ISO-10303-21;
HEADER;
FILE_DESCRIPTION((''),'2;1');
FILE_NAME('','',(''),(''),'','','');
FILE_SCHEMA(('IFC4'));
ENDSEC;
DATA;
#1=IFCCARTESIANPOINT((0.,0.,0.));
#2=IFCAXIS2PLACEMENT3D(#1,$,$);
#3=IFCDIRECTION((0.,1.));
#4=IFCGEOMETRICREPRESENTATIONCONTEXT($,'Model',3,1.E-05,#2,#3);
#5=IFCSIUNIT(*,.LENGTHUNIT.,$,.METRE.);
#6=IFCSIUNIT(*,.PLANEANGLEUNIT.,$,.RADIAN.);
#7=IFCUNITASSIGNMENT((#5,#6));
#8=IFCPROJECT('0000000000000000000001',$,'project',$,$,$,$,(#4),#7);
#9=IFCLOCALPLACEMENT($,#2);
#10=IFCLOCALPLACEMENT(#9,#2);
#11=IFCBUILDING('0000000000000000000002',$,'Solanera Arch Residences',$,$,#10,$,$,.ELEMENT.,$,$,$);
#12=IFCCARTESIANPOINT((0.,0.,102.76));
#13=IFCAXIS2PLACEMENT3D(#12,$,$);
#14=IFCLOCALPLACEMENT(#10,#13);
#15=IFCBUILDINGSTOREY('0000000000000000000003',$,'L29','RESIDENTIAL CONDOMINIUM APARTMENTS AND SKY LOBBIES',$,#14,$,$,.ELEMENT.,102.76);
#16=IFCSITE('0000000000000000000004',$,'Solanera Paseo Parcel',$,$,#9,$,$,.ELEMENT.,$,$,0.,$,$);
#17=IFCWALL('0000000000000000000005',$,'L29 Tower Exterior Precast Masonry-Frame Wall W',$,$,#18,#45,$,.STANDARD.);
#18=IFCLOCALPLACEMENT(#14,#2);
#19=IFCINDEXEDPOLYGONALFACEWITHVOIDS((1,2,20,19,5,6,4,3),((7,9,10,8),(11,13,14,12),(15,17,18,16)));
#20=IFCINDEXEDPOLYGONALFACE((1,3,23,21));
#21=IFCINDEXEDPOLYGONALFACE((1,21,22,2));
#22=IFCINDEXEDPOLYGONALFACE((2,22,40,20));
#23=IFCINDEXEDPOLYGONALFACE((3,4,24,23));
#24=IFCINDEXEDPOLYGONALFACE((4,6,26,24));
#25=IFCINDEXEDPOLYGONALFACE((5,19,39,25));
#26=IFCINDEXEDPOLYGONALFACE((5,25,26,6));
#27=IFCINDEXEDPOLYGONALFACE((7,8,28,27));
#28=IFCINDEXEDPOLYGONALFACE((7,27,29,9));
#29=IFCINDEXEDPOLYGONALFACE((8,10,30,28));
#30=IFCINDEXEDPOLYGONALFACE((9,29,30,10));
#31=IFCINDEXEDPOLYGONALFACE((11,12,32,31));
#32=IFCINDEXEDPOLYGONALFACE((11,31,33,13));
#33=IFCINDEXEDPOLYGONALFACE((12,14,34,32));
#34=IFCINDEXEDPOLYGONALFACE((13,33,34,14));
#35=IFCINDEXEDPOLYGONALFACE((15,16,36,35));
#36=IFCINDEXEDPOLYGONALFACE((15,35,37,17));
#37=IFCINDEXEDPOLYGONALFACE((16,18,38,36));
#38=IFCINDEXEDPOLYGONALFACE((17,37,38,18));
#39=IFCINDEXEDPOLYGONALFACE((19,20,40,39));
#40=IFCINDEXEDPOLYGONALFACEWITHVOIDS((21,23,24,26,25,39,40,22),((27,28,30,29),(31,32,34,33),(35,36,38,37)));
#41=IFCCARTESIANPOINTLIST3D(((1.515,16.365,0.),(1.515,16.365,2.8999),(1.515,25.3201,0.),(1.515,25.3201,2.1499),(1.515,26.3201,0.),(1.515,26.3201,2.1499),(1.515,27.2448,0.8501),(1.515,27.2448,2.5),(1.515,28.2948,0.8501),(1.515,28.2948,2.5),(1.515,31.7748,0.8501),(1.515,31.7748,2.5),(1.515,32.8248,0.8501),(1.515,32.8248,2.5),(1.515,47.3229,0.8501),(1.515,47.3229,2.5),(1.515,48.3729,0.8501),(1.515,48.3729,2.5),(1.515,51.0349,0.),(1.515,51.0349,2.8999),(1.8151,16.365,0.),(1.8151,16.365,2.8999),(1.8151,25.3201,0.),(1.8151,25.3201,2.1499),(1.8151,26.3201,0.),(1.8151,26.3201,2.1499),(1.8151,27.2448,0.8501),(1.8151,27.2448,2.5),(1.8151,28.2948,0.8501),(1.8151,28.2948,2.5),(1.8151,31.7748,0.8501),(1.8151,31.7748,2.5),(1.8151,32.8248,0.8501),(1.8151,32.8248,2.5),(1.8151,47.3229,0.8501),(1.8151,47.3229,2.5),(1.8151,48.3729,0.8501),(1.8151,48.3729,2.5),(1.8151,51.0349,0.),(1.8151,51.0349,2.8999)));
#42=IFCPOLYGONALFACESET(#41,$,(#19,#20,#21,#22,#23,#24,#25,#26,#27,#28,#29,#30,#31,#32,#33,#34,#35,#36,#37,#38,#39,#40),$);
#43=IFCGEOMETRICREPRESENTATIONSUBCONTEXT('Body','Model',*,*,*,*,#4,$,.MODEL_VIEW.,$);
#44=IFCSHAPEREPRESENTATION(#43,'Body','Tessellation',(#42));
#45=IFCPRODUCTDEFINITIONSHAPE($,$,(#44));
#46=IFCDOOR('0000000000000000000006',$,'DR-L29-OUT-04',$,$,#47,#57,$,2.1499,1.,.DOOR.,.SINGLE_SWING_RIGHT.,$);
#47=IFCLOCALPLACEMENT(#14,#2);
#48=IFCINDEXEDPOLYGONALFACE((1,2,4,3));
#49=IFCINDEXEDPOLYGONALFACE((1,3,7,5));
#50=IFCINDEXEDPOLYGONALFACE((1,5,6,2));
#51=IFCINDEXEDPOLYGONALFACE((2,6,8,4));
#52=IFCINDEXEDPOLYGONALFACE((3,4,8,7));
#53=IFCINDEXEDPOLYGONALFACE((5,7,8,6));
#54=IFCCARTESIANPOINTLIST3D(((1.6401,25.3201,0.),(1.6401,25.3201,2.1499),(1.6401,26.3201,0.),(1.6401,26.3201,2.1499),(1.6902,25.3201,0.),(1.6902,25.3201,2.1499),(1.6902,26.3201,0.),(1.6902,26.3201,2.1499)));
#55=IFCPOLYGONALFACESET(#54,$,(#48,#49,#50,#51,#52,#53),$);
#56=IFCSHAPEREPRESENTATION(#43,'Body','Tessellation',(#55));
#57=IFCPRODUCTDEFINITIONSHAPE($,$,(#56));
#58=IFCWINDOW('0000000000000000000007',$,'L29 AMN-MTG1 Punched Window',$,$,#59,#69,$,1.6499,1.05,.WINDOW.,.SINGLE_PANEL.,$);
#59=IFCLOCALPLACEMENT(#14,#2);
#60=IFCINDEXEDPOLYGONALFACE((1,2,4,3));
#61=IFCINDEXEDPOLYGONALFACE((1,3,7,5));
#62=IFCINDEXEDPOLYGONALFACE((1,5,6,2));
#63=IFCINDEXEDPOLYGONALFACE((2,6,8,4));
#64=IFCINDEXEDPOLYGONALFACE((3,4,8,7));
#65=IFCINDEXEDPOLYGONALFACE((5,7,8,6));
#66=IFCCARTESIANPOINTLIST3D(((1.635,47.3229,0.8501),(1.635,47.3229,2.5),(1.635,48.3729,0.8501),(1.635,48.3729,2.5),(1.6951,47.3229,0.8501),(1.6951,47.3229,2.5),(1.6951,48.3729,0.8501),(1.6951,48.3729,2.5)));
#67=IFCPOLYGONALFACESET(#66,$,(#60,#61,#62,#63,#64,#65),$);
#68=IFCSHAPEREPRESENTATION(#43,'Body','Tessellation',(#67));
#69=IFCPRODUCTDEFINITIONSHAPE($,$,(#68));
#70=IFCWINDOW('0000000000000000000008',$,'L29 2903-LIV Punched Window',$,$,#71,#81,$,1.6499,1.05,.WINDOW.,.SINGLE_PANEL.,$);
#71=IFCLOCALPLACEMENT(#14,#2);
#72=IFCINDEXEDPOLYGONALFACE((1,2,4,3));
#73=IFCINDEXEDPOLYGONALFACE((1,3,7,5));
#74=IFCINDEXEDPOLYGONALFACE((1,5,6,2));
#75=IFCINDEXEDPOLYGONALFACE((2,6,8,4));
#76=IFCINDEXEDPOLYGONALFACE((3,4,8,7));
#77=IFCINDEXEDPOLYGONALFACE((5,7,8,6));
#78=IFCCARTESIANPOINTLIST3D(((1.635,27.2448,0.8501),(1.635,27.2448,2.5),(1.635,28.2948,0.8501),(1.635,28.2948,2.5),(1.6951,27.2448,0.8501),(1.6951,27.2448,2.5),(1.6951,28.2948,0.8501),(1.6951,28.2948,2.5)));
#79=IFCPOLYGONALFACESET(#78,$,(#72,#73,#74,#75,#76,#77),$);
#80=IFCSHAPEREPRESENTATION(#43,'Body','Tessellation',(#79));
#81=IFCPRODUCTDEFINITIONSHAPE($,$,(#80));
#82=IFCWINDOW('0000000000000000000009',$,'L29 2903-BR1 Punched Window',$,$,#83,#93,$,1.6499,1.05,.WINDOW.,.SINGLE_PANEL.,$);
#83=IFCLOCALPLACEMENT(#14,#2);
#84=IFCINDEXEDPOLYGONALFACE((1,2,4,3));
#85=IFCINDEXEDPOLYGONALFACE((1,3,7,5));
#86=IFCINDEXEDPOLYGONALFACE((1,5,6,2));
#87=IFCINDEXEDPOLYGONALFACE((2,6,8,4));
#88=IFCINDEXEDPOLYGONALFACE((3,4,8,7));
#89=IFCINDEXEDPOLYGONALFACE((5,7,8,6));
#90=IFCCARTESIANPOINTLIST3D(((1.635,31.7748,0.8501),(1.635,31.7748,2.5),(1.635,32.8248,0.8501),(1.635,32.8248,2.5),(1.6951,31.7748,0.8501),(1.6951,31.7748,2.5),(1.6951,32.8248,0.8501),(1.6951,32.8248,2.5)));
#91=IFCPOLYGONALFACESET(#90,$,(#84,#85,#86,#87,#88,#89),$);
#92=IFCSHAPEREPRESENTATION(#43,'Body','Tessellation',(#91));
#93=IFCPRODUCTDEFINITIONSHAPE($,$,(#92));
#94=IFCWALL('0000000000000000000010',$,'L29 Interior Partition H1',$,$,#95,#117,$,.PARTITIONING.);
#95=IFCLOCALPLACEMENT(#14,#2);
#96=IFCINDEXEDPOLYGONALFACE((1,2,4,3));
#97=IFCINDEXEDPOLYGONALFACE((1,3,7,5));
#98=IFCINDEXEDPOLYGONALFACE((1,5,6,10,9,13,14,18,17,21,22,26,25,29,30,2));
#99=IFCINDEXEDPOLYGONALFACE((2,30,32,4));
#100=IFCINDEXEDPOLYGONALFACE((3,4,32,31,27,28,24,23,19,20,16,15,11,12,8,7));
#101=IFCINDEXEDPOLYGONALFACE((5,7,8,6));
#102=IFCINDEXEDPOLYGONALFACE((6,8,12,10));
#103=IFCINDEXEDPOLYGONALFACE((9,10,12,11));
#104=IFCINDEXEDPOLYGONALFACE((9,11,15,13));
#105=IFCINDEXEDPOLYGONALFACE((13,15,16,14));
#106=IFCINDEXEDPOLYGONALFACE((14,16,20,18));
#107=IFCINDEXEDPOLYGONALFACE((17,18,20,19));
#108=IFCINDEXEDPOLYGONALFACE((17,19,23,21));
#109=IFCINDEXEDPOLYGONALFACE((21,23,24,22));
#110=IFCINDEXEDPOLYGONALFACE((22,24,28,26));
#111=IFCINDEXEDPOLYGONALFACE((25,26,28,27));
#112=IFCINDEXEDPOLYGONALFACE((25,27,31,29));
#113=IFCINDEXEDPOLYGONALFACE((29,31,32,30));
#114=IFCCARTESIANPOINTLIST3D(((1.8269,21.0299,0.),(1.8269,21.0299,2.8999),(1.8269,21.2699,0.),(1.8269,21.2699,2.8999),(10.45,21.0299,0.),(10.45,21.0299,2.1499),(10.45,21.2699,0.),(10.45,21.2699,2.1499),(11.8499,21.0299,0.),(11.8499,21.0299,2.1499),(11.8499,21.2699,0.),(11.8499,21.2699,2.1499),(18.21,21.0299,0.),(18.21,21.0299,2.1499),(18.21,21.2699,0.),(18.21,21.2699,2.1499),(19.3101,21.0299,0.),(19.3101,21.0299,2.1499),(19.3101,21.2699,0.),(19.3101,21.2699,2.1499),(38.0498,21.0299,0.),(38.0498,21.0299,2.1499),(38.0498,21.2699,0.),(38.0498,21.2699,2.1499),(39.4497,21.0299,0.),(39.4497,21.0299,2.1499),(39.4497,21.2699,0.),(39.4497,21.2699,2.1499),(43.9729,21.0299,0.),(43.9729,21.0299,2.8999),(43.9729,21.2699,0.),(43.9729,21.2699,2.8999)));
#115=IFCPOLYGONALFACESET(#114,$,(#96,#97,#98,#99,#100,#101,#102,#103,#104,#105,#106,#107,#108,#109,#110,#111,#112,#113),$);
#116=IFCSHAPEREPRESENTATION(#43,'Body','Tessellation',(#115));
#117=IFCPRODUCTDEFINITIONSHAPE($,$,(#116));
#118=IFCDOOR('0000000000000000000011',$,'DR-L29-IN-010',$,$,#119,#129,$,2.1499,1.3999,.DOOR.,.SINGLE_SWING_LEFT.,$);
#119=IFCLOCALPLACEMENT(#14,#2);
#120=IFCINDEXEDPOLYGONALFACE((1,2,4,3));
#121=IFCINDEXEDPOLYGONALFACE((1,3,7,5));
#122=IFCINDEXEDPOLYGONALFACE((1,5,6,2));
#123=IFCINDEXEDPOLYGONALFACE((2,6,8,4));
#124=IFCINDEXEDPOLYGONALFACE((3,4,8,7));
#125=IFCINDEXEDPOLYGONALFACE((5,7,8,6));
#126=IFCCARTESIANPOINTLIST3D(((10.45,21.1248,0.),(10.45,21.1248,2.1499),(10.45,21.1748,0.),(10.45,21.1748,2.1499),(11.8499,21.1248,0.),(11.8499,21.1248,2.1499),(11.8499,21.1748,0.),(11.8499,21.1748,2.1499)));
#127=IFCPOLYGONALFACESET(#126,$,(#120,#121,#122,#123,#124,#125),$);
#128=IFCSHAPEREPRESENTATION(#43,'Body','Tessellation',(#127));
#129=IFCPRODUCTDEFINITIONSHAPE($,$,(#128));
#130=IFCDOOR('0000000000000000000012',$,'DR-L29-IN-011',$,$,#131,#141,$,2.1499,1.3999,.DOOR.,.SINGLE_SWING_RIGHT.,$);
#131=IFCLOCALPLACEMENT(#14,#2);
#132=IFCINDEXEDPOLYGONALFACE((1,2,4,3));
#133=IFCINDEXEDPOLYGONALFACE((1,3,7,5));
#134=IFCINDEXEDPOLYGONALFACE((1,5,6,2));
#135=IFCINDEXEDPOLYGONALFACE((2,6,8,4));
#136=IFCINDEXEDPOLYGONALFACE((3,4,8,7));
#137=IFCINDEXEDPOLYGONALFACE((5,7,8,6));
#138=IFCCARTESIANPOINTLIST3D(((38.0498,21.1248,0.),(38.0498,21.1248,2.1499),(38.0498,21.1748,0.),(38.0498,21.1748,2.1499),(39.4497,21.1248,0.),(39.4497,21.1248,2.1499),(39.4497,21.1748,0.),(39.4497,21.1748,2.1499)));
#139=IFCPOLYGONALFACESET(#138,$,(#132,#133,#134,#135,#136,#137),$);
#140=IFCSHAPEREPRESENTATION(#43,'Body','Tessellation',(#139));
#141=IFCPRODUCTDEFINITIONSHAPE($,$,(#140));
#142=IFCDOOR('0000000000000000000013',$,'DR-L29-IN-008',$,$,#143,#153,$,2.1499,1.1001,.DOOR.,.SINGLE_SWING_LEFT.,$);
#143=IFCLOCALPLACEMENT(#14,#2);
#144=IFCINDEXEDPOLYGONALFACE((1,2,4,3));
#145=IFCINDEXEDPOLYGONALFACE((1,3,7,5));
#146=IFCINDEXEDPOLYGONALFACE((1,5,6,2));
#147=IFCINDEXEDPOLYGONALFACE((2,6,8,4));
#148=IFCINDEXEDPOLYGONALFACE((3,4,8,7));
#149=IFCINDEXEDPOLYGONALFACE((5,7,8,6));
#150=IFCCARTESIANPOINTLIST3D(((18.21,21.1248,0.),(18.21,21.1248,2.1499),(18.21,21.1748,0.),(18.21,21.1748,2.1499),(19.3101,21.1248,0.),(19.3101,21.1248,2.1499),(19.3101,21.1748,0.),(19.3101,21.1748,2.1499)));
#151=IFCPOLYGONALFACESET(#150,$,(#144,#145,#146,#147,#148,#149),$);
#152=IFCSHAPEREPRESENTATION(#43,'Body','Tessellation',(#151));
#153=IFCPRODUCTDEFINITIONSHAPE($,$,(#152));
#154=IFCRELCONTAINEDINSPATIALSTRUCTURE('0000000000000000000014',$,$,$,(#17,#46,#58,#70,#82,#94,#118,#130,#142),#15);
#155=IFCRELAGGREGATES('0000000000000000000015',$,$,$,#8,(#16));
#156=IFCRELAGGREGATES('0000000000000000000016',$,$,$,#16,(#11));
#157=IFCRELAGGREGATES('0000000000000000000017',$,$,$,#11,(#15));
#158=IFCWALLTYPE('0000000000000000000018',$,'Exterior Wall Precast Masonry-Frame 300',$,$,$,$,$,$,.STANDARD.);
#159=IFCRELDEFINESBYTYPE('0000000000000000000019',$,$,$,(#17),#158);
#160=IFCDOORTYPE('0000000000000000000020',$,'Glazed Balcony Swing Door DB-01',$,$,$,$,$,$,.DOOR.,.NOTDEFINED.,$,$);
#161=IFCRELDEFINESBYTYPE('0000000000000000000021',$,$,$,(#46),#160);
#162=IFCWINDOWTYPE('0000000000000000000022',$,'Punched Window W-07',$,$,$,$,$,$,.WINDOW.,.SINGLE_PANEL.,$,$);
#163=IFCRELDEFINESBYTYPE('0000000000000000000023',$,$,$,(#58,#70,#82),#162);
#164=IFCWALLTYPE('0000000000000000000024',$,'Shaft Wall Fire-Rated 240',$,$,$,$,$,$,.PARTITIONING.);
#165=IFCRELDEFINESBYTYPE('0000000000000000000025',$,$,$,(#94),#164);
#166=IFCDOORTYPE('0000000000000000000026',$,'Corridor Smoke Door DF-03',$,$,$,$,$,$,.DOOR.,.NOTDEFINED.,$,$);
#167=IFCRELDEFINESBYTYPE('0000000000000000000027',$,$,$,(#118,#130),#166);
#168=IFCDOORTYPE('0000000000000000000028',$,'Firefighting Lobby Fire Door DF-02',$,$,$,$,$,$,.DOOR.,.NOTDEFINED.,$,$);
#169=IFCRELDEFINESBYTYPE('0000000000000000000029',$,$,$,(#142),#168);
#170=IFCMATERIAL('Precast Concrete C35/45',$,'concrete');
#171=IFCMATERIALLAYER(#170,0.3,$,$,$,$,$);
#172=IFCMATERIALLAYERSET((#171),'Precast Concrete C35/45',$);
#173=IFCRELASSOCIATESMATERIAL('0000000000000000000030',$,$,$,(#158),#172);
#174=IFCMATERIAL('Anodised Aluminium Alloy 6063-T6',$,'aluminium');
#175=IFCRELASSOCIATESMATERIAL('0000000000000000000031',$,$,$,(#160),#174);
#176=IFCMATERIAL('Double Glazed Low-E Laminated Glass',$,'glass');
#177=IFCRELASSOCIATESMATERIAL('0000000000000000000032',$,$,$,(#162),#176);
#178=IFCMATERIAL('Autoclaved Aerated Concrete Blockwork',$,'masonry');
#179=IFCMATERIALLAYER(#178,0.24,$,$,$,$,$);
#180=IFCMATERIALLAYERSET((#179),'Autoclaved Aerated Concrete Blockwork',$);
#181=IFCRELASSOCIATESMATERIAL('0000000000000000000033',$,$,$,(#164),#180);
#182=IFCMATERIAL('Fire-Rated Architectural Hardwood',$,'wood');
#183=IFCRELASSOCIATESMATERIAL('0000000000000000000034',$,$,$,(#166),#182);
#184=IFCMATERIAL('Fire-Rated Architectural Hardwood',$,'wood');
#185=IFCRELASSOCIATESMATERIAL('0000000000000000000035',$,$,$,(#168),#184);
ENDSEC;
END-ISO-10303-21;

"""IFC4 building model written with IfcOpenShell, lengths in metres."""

from ifc_helpers import new_model, si_unit, direction, frame, frame_2d, origin, place, context, subcontext, project, spatial, rectangle, extrude, material, layer, layer_set, type_object, element, fill, save


model = new_model("IFC4")

# Units and contexts
model_context = context("Model", 3, precision=1e-05, world=origin(), true_north=direction((0.0, 1.0)))
body_context = subcontext(model_context, "Body", "Model", "MODEL_VIEW")
ifc_project = project(units=[si_unit("LENGTHUNIT", "METRE"), si_unit("PLANEANGLEUNIT", "RADIAN")], contexts=[model_context])

# Site, building, storey
site_placement = place(None, origin())
site = spatial("IfcSite", under=ifc_project, at=site_placement, Name="Solanera Paseo Parcel", CompositionType="ELEMENT", RefElevation=0.0)
building_placement = place(site_placement, origin())
building = spatial("IfcBuilding", under=site, at=building_placement, Name="Solanera Arch Residences", CompositionType="ELEMENT")
storey_placement = place(building_placement, frame((0.0, 0.0, 102.76)))
storey = spatial("IfcBuildingStorey", under=building, at=storey_placement, Name="L29", Description="RESIDENTIAL CONDOMINIUM APARTMENTS AND SKY LOBBIES", CompositionType="ELEMENT", Elevation=102.76)

# Wall, openings, door, windows
ifc_material_1 = material(Name="Precast Concrete C35/45", Category="concrete")
ifc_layer_1 = layer(ifc_material_1, 0.3)
ifc_layer_set_1 = layer_set([ifc_layer_1], Name="Precast Concrete C35/45")
wall_type_1 = type_object("IfcWallType", Name="Exterior Wall Precast Masonry-Frame 300", PredefinedType="STANDARD", material=ifc_layer_set_1)
wall_1_placement = place(storey_placement, frame((1.665, 16.365, 0.0), z_axis=(0.0, 0.0, 1.0), x_axis=(0.0, 1.0, 0.0)))
wall_1 = element("IfcWall", 1, at=wall_1_placement, inside=storey, type_object=wall_type_1, Name="L29 Tower Exterior Precast Masonry-Frame Wall W", PredefinedType="STANDARD", context=body_context, shape_type="SweptSolid", body=[
    extrude(rectangle(XDim=34.6699, YDim=0.3, at=frame_2d((17.335, 0.0))), origin(), (0.0, 0.0, 1.0), 2.8999),
])
opening_1_placement = place(wall_1_placement, frame((8.9551, 0.0, 0.0)))
opening_1 = element("IfcOpeningElement", 2, at=opening_1_placement, cuts=wall_1, PredefinedType="OPENING", context=body_context, shape_type="SweptSolid", body=[
    extrude(rectangle(XDim=1.0, YDim=2.1499, at=frame_2d((0.5, 1.075))), frame((0.0, 0.1599, 0.0), z_axis=(0.0, -1.0, 0.0), x_axis=(1.0, 0.0, 0.0)), (0.0, 0.0, 1.0), 0.32),
])
opening_2_placement = place(wall_1_placement, frame((30.958, 0.0, 0.8501)))
opening_2 = element("IfcOpeningElement", 3, at=opening_2_placement, cuts=wall_1, PredefinedType="OPENING", context=body_context, shape_type="SweptSolid", body=[
    extrude(rectangle(XDim=1.05, YDim=1.6499, at=frame_2d((0.5249, 0.825))), frame((0.0, 0.1599, 0.0), z_axis=(0.0, -1.0, 0.0), x_axis=(1.0, 0.0, 0.0)), (0.0, 0.0, 1.0), 0.32),
])
opening_3_placement = place(wall_1_placement, frame((10.8799, 0.0, 0.8501)))
opening_3 = element("IfcOpeningElement", 4, at=opening_3_placement, cuts=wall_1, PredefinedType="OPENING", context=body_context, shape_type="SweptSolid", body=[
    extrude(rectangle(XDim=1.05, YDim=1.6499, at=frame_2d((0.5249, 0.825))), frame((0.0, 0.1599, 0.0), z_axis=(0.0, -1.0, 0.0), x_axis=(1.0, 0.0, 0.0)), (0.0, 0.0, 1.0), 0.32),
])
opening_4_placement = place(wall_1_placement, frame((15.4099, 0.0, 0.8501)))
opening_4 = element("IfcOpeningElement", 5, at=opening_4_placement, cuts=wall_1, PredefinedType="OPENING", context=body_context, shape_type="SweptSolid", body=[
    extrude(rectangle(XDim=1.05, YDim=1.6499, at=frame_2d((0.5249, 0.825))), frame((0.0, 0.1599, 0.0), z_axis=(0.0, -1.0, 0.0), x_axis=(1.0, 0.0, 0.0)), (0.0, 0.0, 1.0), 0.32),
])
ifc_material_2 = material(Name="Anodised Aluminium Alloy 6063-T6", Category="aluminium")
door_type_1 = type_object("IfcDoorType", Name="Glazed Balcony Swing Door DB-01", OperationType="NOTDEFINED", PredefinedType="DOOR", material=ifc_material_2)
door_1_placement = place(opening_1_placement, origin())
door_1 = element("IfcDoor", 6, at=door_1_placement, inside=storey, type_object=door_type_1, Name="DR-L29-OUT-04", OperationType="SINGLE_SWING_RIGHT", OverallHeight=2.1499, OverallWidth=1.0, PredefinedType="DOOR", context=body_context, shape_type="SweptSolid", body=[
    extrude(rectangle(XDim=1.0, YDim=2.1499, at=frame_2d((0.5, 1.075))), frame((0.0, 0.0249, 0.0), z_axis=(0.0, -1.0, 0.0), x_axis=(1.0, 0.0, 0.0)), (0.0, 0.0, 1.0), 0.05),
])
fill(opening_1, door_1)
ifc_material_3 = material(Name="Double Glazed Low-E Laminated Glass", Category="glass")
window_type = type_object("IfcWindowType", Name="Punched Window W-07", PartitioningType="SINGLE_PANEL", PredefinedType="WINDOW", material=ifc_material_3)
window_1_placement = place(opening_2_placement, origin())
window_1 = element("IfcWindow", 7, at=window_1_placement, inside=storey, type_object=window_type, Name="L29 AMN-MTG1 Punched Window", OverallHeight=1.6499, OverallWidth=1.05, PartitioningType="SINGLE_PANEL", PredefinedType="WINDOW", context=body_context, shape_type="SweptSolid", body=[
    extrude(rectangle(XDim=1.05, YDim=1.6499, at=frame_2d((0.5249, 0.825))), frame((0.0, 0.03, 0.0), z_axis=(0.0, -1.0, 0.0), x_axis=(1.0, 0.0, 0.0)), (0.0, 0.0, 1.0), 0.0601),
])
fill(opening_2, window_1)
window_2_placement = place(opening_3_placement, origin())
window_2 = element("IfcWindow", 8, at=window_2_placement, inside=storey, type_object=window_type, Name="L29 2903-LIV Punched Window", OverallHeight=1.6499, OverallWidth=1.05, PartitioningType="SINGLE_PANEL", PredefinedType="WINDOW", context=body_context, shape_type="SweptSolid", body=[
    extrude(rectangle(XDim=1.05, YDim=1.6499, at=frame_2d((0.5249, 0.825))), frame((0.0, 0.03, 0.0), z_axis=(0.0, -1.0, 0.0), x_axis=(1.0, 0.0, 0.0)), (0.0, 0.0, 1.0), 0.0601),
])
fill(opening_3, window_2)
window_3_placement = place(opening_4_placement, origin())
window_3 = element("IfcWindow", 9, at=window_3_placement, inside=storey, type_object=window_type, Name="L29 2903-BR1 Punched Window", OverallHeight=1.6499, OverallWidth=1.05, PartitioningType="SINGLE_PANEL", PredefinedType="WINDOW", context=body_context, shape_type="SweptSolid", body=[
    extrude(rectangle(XDim=1.05, YDim=1.6499, at=frame_2d((0.5249, 0.825))), frame((0.0, 0.03, 0.0), z_axis=(0.0, -1.0, 0.0), x_axis=(1.0, 0.0, 0.0)), (0.0, 0.0, 1.0), 0.0601),
])
fill(opening_4, window_3)

# Wall, openings, doors
ifc_material_4 = material(Name="Autoclaved Aerated Concrete Blockwork", Category="masonry")
ifc_layer_2 = layer(ifc_material_4, 0.24)
ifc_layer_set_2 = layer_set([ifc_layer_2], Name="Autoclaved Aerated Concrete Blockwork")
wall_type_2 = type_object("IfcWallType", Name="Shaft Wall Fire-Rated 240", PredefinedType="PARTITIONING", material=ifc_layer_set_2)
wall_2_placement = place(storey_placement, frame((1.8269, 21.1499, 0.0), z_axis=(0.0, 0.0, 1.0), x_axis=(1.0, 0.0, 0.0)))
wall_2 = element("IfcWall", 10, at=wall_2_placement, inside=storey, type_object=wall_type_2, Name="L29 Interior Partition H1", PredefinedType="PARTITIONING", context=body_context, shape_type="SweptSolid", body=[
    extrude(rectangle(XDim=42.146, YDim=0.24, at=frame_2d((21.073, 0.0))), origin(), (0.0, 0.0, 1.0), 2.8999),
])
opening_5_placement = place(wall_2_placement, frame((16.3831, 0.0, 0.0)))
opening_5 = element("IfcOpeningElement", 11, at=opening_5_placement, cuts=wall_2, PredefinedType="OPENING", context=body_context, shape_type="SweptSolid", body=[
    extrude(rectangle(XDim=1.1001, YDim=2.1499, at=frame_2d((0.55, 1.075))), frame((0.0, 0.1299, 0.0), z_axis=(0.0, -1.0, 0.0), x_axis=(1.0, 0.0, 0.0)), (0.0, 0.0, 1.0), 0.26),
])
opening_6_placement = place(wall_2_placement, frame((8.623, 0.0, 0.0)))
opening_6 = element("IfcOpeningElement", 12, at=opening_6_placement, cuts=wall_2, PredefinedType="OPENING", context=body_context, shape_type="SweptSolid", body=[
    extrude(rectangle(XDim=1.3999, YDim=2.1499, at=frame_2d((0.7, 1.075))), frame((0.0, 0.1299, 0.0), z_axis=(0.0, -1.0, 0.0), x_axis=(1.0, 0.0, 0.0)), (0.0, 0.0, 1.0), 0.26),
])
opening_7_placement = place(wall_2_placement, frame((36.2229, 0.0, 0.0)))
opening_7 = element("IfcOpeningElement", 13, at=opening_7_placement, cuts=wall_2, PredefinedType="OPENING", context=body_context, shape_type="SweptSolid", body=[
    extrude(rectangle(XDim=1.3999, YDim=2.1499, at=frame_2d((0.7, 1.075))), frame((0.0, 0.1299, 0.0), z_axis=(0.0, -1.0, 0.0), x_axis=(1.0, 0.0, 0.0)), (0.0, 0.0, 1.0), 0.26),
])
ifc_material_5 = material(Name="Fire-Rated Architectural Hardwood", Category="wood")
door_type_2 = type_object("IfcDoorType", Name="Corridor Smoke Door DF-03", OperationType="NOTDEFINED", PredefinedType="DOOR", material=ifc_material_5)
door_2_placement = place(opening_6_placement, origin())
door_2 = element("IfcDoor", 14, at=door_2_placement, inside=storey, type_object=door_type_2, Name="DR-L29-IN-010", OperationType="SINGLE_SWING_LEFT", OverallHeight=2.1499, OverallWidth=1.3999, PredefinedType="DOOR", context=body_context, shape_type="SweptSolid", body=[
    extrude(rectangle(XDim=1.3999, YDim=2.1499, at=frame_2d((0.7, 1.075))), frame((0.0, 0.0249, 0.0), z_axis=(0.0, -1.0, 0.0), x_axis=(1.0, 0.0, 0.0)), (0.0, 0.0, 1.0), 0.05),
])
fill(opening_6, door_2)
door_3_placement = place(opening_7_placement, origin())
door_3 = element("IfcDoor", 15, at=door_3_placement, inside=storey, type_object=door_type_2, Name="DR-L29-IN-011", OperationType="SINGLE_SWING_RIGHT", OverallHeight=2.1499, OverallWidth=1.3999, PredefinedType="DOOR", context=body_context, shape_type="SweptSolid", body=[
    extrude(rectangle(XDim=1.3999, YDim=2.1499, at=frame_2d((0.7, 1.075))), frame((0.0, 0.0249, 0.0), z_axis=(0.0, -1.0, 0.0), x_axis=(1.0, 0.0, 0.0)), (0.0, 0.0, 1.0), 0.05),
])
fill(opening_7, door_3)
ifc_material_6 = material(Name="Fire-Rated Architectural Hardwood", Category="wood")
door_type_3 = type_object("IfcDoorType", Name="Firefighting Lobby Fire Door DF-02", OperationType="NOTDEFINED", PredefinedType="DOOR", material=ifc_material_6)
door_4_placement = place(opening_5_placement, origin())
door_4 = element("IfcDoor", 16, at=door_4_placement, inside=storey, type_object=door_type_3, Name="DR-L29-IN-008", OperationType="SINGLE_SWING_LEFT", OverallHeight=2.1499, OverallWidth=1.1001, PredefinedType="DOOR", context=body_context, shape_type="SweptSolid", body=[
    extrude(rectangle(XDim=1.1001, YDim=2.1499, at=frame_2d((0.55, 1.075))), frame((0.0, 0.0249, 0.0), z_axis=(0.0, -1.0, 0.0), x_axis=(1.0, 0.0, 0.0)), (0.0, 0.0, 1.0), 0.05),
])
fill(opening_5, door_4)

save(model, "model.ifc")
